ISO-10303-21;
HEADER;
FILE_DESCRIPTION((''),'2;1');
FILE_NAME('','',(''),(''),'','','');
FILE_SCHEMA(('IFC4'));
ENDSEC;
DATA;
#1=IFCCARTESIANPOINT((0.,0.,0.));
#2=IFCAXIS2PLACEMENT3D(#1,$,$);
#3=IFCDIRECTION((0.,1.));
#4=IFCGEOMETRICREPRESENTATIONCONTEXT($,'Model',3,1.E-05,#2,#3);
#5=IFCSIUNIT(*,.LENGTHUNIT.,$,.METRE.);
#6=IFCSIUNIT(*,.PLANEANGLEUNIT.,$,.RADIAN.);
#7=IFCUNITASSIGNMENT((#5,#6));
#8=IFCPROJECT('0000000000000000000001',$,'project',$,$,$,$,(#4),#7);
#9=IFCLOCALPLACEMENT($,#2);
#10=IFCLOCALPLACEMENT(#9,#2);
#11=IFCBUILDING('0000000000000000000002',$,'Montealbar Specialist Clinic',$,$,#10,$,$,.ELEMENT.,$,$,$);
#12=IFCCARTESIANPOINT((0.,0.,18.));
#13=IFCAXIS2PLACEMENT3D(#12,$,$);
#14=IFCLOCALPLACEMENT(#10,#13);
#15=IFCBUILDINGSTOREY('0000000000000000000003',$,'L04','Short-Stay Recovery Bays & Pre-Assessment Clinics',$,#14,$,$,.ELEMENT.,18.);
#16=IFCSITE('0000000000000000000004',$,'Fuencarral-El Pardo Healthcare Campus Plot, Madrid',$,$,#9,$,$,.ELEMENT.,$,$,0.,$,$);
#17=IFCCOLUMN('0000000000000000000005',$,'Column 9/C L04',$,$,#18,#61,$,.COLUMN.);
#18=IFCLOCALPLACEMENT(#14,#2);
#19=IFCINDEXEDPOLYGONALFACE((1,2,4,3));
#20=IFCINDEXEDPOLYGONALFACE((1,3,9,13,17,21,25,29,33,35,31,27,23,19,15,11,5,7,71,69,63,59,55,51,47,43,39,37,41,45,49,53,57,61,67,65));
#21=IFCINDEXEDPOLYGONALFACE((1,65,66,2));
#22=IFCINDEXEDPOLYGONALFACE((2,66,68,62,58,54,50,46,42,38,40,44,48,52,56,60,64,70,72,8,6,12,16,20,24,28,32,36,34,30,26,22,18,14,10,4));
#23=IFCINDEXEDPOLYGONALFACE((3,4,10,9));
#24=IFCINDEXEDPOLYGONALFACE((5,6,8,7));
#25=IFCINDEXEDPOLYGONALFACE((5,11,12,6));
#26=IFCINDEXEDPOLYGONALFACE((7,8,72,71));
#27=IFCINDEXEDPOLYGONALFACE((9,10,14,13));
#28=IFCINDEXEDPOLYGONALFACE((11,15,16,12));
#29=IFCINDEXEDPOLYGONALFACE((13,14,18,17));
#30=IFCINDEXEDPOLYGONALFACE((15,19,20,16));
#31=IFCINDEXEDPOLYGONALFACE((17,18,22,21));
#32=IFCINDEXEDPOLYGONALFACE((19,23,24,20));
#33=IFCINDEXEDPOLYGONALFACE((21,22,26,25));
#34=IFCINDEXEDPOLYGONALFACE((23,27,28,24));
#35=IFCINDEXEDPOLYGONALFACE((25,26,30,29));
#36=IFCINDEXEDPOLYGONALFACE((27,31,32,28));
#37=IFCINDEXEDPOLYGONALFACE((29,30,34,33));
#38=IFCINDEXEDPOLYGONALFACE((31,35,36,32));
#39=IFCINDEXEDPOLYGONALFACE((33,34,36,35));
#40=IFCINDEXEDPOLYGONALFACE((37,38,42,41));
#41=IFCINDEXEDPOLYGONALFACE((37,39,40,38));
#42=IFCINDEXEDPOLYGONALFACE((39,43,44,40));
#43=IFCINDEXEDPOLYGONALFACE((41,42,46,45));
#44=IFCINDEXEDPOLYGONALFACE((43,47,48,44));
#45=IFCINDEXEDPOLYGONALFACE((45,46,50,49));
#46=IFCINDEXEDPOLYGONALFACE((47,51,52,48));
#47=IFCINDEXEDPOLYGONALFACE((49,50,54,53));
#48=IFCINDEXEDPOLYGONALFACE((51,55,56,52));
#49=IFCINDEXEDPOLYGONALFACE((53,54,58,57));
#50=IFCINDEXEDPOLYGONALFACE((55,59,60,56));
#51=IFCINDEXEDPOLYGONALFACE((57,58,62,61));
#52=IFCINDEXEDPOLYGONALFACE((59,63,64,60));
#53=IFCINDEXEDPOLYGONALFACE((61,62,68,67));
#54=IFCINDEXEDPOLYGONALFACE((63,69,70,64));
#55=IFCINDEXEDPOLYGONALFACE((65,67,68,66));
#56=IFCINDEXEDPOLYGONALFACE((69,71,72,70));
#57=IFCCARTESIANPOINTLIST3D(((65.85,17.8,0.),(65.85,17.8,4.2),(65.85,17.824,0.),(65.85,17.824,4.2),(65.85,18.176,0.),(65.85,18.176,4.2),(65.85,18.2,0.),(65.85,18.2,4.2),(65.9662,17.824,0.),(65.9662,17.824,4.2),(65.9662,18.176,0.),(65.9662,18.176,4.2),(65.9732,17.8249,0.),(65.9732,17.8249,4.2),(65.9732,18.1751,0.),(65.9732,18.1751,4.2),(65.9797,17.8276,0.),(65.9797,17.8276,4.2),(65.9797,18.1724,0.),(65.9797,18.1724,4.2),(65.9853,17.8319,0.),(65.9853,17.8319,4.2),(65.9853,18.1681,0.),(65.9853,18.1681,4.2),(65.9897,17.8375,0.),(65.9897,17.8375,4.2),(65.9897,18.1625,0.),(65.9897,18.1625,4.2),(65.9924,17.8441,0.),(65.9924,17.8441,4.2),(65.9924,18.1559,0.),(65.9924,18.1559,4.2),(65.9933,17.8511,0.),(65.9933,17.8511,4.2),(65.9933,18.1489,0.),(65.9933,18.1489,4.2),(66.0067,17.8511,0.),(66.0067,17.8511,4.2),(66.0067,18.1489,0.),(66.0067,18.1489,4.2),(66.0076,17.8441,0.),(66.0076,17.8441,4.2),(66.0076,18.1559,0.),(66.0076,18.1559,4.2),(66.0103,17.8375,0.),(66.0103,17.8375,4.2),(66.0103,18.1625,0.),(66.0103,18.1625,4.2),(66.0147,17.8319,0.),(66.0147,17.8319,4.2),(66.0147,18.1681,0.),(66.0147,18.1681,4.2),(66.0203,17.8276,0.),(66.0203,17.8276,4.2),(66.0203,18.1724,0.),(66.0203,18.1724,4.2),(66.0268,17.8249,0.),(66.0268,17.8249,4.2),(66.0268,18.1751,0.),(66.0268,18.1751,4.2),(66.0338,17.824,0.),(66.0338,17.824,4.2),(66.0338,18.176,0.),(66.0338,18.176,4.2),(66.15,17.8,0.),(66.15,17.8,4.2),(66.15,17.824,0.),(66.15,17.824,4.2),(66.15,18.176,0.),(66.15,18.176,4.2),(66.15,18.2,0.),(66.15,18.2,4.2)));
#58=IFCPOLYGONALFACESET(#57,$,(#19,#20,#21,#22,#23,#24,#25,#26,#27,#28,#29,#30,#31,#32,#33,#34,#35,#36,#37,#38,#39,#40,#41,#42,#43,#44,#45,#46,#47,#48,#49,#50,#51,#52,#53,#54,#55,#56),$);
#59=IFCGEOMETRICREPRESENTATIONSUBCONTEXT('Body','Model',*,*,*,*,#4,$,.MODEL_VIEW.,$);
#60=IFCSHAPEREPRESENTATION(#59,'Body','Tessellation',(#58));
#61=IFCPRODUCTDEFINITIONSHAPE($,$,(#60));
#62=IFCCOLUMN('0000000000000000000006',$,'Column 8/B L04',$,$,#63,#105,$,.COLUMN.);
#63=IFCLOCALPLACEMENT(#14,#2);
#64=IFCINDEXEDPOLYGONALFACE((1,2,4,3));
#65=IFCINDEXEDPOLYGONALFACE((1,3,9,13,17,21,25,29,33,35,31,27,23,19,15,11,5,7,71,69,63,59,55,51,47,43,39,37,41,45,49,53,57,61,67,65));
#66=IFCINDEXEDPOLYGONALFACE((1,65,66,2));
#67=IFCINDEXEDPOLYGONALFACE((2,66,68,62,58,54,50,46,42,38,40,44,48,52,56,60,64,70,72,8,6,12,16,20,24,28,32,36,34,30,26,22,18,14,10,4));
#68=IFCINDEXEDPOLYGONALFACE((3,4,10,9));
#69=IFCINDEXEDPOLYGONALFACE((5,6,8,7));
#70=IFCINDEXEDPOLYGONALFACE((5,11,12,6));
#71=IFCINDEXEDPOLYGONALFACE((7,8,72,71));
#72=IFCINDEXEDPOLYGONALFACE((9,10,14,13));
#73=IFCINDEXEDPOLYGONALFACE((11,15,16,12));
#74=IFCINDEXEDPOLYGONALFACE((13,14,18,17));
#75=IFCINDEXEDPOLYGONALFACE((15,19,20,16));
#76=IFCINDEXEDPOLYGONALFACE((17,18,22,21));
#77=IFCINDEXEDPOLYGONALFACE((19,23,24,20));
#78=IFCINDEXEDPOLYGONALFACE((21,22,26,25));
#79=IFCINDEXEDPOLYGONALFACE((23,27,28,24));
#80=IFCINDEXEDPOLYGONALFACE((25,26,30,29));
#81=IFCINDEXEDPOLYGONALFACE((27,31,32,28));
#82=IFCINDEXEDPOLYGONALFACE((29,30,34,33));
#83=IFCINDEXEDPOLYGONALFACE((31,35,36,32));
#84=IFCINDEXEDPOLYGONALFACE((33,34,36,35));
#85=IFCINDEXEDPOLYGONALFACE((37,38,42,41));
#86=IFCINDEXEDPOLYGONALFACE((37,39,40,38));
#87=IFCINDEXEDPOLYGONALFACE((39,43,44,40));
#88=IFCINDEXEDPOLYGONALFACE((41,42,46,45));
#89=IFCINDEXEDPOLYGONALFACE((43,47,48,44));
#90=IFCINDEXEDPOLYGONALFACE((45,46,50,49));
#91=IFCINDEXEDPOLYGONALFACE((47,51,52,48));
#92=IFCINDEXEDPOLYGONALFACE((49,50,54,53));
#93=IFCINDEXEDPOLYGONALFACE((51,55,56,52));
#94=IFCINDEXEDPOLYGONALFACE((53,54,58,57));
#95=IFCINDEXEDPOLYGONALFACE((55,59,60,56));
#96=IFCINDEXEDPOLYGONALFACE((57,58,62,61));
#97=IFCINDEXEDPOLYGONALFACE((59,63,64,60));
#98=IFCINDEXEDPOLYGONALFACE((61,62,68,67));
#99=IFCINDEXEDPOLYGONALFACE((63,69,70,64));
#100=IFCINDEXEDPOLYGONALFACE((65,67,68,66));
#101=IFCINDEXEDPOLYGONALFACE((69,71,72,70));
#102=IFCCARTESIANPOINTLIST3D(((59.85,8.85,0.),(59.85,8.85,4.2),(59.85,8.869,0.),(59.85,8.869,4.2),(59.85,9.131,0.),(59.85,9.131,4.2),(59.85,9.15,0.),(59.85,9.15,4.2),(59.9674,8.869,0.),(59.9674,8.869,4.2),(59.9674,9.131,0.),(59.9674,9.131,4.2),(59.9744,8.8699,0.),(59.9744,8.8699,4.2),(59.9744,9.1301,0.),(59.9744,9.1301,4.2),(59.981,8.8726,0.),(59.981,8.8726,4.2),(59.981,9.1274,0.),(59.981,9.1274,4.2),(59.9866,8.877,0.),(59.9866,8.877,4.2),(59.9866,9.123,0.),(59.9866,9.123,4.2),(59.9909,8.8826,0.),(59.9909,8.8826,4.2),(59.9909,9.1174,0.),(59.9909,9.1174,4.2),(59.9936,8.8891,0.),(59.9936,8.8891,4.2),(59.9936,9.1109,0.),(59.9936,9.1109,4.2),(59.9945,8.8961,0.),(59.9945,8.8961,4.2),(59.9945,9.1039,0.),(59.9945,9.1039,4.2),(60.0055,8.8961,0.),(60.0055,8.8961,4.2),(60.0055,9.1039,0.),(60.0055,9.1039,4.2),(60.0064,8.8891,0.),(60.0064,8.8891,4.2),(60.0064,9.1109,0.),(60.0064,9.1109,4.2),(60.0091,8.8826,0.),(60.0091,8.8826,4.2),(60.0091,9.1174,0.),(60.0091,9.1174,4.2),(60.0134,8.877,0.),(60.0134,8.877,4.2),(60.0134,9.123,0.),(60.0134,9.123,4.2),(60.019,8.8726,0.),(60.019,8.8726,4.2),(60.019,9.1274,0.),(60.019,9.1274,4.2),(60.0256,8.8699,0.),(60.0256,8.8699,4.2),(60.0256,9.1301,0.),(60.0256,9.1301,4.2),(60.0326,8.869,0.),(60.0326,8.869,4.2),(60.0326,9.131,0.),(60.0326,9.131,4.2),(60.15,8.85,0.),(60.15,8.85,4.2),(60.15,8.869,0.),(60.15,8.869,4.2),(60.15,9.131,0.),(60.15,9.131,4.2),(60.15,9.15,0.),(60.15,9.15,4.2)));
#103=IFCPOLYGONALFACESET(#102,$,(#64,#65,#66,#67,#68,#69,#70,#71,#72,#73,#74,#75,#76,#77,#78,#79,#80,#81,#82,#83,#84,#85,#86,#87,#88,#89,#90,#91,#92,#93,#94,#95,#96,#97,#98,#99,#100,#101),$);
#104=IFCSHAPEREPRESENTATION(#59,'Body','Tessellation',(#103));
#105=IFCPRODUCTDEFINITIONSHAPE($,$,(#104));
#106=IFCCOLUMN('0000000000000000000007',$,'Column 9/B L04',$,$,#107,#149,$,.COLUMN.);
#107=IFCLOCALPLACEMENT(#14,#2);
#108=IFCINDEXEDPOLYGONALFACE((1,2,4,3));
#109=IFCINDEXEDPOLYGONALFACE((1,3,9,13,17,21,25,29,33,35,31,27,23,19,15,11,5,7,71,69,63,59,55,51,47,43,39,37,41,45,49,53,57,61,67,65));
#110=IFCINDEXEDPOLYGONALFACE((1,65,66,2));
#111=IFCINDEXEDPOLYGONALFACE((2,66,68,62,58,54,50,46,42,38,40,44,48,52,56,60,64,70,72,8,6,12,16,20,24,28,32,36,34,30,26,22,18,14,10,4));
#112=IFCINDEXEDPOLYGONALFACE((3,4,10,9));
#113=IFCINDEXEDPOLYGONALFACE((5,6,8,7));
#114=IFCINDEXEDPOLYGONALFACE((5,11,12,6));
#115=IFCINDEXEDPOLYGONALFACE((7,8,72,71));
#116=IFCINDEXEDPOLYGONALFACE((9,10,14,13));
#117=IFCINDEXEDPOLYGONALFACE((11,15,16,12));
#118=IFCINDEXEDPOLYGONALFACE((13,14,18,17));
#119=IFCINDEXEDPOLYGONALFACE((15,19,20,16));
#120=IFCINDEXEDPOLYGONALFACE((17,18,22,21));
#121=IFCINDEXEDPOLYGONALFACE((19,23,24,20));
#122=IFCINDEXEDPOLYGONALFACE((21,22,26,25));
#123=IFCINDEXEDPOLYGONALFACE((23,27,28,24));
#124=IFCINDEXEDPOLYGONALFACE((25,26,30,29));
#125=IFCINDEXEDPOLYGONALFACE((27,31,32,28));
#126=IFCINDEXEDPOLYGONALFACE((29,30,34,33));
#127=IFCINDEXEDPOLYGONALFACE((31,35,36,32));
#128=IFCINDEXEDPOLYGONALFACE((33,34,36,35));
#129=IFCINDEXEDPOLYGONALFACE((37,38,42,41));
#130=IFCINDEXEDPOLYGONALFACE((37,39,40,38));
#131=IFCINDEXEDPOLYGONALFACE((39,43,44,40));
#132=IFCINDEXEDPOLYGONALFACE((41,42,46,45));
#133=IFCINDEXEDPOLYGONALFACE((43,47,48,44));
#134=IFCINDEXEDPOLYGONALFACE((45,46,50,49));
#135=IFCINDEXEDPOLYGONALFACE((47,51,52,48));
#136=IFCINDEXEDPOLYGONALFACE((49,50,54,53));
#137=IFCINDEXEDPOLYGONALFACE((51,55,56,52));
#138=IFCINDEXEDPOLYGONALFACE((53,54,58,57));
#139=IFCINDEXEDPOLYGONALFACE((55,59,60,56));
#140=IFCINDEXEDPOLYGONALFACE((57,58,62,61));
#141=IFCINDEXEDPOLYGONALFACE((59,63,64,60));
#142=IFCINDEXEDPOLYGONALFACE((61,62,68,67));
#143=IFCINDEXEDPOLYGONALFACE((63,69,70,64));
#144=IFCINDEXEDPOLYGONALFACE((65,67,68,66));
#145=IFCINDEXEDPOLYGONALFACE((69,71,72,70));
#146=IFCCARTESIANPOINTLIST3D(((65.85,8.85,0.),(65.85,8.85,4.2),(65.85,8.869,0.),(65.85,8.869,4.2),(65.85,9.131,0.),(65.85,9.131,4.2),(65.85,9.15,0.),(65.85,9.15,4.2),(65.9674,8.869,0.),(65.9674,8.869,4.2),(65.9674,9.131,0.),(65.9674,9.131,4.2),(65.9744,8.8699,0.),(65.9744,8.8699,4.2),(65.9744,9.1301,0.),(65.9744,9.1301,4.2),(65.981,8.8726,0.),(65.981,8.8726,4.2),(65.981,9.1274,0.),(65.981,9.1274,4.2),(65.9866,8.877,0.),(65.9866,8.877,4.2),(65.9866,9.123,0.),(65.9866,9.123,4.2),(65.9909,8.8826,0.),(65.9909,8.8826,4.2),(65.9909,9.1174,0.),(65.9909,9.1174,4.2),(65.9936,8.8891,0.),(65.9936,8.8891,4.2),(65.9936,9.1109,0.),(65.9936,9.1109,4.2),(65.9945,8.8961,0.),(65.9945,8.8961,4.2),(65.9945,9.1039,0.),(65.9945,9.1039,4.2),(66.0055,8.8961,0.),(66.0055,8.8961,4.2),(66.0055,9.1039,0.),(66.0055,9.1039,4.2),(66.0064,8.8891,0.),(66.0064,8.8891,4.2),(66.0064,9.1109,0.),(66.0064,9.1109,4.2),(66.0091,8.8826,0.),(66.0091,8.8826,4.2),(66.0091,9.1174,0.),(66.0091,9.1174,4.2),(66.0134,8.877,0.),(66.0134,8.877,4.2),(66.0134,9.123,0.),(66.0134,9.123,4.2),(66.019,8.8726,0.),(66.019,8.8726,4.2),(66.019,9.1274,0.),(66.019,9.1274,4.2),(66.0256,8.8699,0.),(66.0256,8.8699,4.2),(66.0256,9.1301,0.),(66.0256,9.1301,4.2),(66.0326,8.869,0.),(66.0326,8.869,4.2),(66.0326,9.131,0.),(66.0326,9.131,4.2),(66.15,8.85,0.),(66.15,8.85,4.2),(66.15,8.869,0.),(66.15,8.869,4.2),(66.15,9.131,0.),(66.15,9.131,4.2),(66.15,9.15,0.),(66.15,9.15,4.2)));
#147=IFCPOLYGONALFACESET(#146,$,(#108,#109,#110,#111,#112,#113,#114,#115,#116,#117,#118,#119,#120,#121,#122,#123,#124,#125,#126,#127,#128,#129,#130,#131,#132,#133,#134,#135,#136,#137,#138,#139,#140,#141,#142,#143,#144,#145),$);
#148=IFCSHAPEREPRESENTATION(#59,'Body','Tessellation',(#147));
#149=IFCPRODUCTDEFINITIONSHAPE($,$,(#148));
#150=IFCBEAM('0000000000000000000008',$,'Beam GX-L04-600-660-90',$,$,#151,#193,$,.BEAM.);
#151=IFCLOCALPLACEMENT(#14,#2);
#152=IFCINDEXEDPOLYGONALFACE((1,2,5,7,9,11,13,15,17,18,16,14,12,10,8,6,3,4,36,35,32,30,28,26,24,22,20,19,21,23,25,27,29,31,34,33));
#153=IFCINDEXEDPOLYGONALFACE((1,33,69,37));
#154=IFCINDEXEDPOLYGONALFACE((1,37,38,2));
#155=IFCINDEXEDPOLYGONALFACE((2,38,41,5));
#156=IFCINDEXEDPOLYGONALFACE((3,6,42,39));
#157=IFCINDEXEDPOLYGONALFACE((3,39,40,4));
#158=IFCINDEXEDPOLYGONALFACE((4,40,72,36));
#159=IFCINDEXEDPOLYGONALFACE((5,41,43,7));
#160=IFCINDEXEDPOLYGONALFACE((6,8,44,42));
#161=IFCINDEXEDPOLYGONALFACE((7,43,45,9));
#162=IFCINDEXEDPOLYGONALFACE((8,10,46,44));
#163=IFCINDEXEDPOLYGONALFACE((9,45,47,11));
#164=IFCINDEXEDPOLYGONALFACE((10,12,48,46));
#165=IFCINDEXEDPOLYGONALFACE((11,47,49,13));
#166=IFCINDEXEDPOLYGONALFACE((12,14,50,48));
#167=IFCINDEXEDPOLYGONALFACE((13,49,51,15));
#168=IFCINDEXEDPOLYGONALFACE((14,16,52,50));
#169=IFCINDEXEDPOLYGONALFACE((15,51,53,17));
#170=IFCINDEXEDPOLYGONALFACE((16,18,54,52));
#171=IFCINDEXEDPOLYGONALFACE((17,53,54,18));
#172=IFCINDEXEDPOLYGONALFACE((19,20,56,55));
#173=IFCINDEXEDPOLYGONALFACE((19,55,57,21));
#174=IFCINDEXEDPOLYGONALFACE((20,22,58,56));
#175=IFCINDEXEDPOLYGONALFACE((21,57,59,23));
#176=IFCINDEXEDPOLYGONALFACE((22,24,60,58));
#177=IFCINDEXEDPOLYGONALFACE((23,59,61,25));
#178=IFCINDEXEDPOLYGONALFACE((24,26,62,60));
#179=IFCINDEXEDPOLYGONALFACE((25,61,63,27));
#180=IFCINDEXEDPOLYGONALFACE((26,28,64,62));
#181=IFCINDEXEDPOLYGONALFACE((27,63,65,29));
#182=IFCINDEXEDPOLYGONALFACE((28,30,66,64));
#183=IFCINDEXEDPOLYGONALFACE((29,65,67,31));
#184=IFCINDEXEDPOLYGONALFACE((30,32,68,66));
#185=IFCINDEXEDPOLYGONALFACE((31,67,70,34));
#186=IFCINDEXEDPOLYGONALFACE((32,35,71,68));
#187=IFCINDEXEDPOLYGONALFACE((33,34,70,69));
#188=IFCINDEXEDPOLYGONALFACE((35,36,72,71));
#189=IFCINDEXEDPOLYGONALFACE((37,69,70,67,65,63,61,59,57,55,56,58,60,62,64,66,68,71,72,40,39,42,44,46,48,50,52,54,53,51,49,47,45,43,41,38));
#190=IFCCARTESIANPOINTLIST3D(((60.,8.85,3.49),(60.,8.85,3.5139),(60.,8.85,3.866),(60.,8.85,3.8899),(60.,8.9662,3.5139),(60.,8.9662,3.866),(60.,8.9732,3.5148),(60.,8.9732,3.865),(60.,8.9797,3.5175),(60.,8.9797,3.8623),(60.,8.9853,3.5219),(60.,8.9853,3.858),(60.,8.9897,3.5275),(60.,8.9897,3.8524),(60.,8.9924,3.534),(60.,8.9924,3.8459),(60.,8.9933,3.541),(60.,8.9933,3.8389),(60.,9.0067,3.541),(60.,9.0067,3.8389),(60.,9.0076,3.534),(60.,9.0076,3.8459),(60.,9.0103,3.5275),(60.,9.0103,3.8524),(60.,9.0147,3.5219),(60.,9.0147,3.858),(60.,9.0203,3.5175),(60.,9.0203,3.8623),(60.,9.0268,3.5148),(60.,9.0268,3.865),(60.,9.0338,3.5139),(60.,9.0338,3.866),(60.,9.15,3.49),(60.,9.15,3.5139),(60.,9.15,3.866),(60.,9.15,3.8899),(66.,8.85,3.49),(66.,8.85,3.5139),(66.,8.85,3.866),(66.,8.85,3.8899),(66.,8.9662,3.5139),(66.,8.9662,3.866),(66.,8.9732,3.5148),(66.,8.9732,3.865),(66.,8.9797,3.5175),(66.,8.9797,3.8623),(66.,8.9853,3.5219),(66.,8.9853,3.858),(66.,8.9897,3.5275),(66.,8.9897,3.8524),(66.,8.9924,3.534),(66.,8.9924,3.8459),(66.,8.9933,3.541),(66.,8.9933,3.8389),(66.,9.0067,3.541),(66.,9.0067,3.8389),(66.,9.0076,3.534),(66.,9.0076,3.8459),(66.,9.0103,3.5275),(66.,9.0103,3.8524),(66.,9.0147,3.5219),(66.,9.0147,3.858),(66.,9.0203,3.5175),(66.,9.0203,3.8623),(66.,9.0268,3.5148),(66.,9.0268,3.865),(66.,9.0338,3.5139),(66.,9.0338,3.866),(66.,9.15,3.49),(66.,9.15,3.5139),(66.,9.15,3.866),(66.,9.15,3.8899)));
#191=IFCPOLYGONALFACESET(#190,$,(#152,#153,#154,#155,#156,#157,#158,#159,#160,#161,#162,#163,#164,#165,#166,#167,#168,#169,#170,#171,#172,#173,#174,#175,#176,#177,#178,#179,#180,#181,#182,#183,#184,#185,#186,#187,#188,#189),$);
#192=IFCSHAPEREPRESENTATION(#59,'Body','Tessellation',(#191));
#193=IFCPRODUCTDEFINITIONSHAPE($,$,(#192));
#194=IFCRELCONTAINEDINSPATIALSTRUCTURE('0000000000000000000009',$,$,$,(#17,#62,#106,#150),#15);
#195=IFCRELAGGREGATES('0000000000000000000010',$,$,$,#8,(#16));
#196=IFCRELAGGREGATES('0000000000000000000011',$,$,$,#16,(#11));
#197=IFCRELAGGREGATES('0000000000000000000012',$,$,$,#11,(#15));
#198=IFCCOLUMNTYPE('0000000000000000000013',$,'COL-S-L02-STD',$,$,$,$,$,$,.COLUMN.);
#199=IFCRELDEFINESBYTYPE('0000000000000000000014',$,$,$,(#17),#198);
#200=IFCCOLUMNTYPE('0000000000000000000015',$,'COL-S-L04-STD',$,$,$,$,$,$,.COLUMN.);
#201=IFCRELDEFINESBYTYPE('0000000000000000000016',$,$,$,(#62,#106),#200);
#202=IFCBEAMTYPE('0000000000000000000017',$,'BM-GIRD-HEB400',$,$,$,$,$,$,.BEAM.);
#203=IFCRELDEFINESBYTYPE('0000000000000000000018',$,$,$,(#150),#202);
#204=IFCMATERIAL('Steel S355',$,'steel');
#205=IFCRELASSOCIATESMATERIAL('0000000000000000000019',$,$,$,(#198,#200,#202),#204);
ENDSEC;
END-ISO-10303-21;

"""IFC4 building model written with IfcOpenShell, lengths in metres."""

from ifc_helpers import new_model, si_unit, direction, frame, origin, origin_2d, place, context, subcontext, project, spatial, i_section, extrude, material, material_profile, profile_set, type_object, element, save


model = new_model("IFC4")

# Units and contexts
model_context = context("Model", 3, precision=1e-05, world=origin(), true_north=direction((0.0, 1.0)))
body_context = subcontext(model_context, "Body", "Model", "MODEL_VIEW")
ifc_project = project(units=[si_unit("LENGTHUNIT", "METRE"), si_unit("PLANEANGLEUNIT", "RADIAN")], contexts=[model_context])

# Site, building, storey
site_placement = place(None, origin())
site = spatial("IfcSite", under=ifc_project, at=site_placement, Name="Fuencarral-El Pardo Healthcare Campus Plot, Madrid", CompositionType="ELEMENT", RefElevation=0.0)
building_placement = place(site_placement, origin())
building = spatial("IfcBuilding", under=site, at=building_placement, Name="Montealbar Specialist Clinic", CompositionType="ELEMENT")
storey_placement = place(building_placement, frame((0.0, 0.0, 18.0)))
storey = spatial("IfcBuildingStorey", under=building, at=storey_placement, Name="L04", Description="Short-Stay Recovery Bays & Pre-Assessment Clinics", CompositionType="ELEMENT", Elevation=18.0)

# Columns
ifc_material_1 = material(Name="Steel S355", Category="steel")
ifc_material_profile_1 = material_profile(ifc_material_1, i_section(OverallWidth=0.3, OverallDepth=0.3999, WebThickness=0.0134, FlangeThickness=0.0239, FilletRadius=0.0271, at=origin_2d()), Name="HEB 400", Category="steel")
ifc_profile_set_1 = profile_set([ifc_material_profile_1], Name="Steel S355")
column_type_1 = type_object("IfcColumnType", Name="COL-S-L02-STD", PredefinedType="COLUMN", material=ifc_profile_set_1)
column_placement = place(storey_placement, frame((66.0, 18.0, 0.0), z_axis=(0.0, 0.0, 1.0), x_axis=(1.0, 0.0, 0.0)))
element("IfcColumn", 1, at=column_placement, inside=storey, type_object=column_type_1, Name="Column 9/C L04", PredefinedType="COLUMN", context=body_context, shape_type="SweptSolid", body=[
    extrude(i_section(OverallWidth=0.3, OverallDepth=0.3999, WebThickness=0.0134, FlangeThickness=0.0239, FilletRadius=0.0271, at=origin_2d()), origin(), (0.0, 0.0, 1.0), 4.2),
])
ifc_material_profile_2 = material_profile(ifc_material_1, i_section(OverallWidth=0.3, OverallDepth=0.3, WebThickness=0.011, FlangeThickness=0.019, FilletRadius=0.0271, at=origin_2d()), Name="HEB 300", Category="steel")
ifc_profile_set_2 = profile_set([ifc_material_profile_2], Name="Steel S355")
column_type_2 = type_object("IfcColumnType", Name="COL-S-L04-STD", PredefinedType="COLUMN", material=ifc_profile_set_2)
for number, where, z_axis, x_axis, name in (
    (2, (60.0, 9.0, 0.0), (0.0, 0.0, 1.0), (1.0, 0.0, 0.0), "Column 8/B L04"),
    (3, (66.0, 9.0, 0.0), (0.0, 0.0, 1.0), (1.0, 0.0, 0.0), "Column 9/B L04"),
):
    element("IfcColumn", number, at=place(storey_placement, frame(where, z_axis=z_axis, x_axis=x_axis)), inside=storey, type_object=column_type_2, Name=name, PredefinedType="COLUMN", context=body_context, shape_type="SweptSolid", body=[
        extrude(i_section(OverallWidth=0.3, OverallDepth=0.3, WebThickness=0.011, FlangeThickness=0.019, FilletRadius=0.0271, at=origin_2d()), origin(), (0.0, 0.0, 1.0), 4.2),
    ])

# Beam
ifc_material_profile_3 = material_profile(ifc_material_1, i_section(OverallWidth=0.3, OverallDepth=0.3999, WebThickness=0.0134, FlangeThickness=0.0239, FilletRadius=0.0271, at=origin_2d()), Name="HEB 400", Category="steel")
ifc_profile_set_3 = profile_set([ifc_material_profile_3], Name="Steel S355")
beam_type_1 = type_object("IfcBeamType", Name="BM-GIRD-HEB400", PredefinedType="BEAM", material=ifc_profile_set_3)
beam_1_placement = place(storey_placement, frame((60.0, 9.0, 3.6899), z_axis=(1.0, 0.0, 0.0), x_axis=(0.0, 1.0, 0.0)))
element("IfcBeam", 4, at=beam_1_placement, inside=storey, type_object=beam_type_1, Name="Beam GX-L04-600-660-90", PredefinedType="BEAM", context=body_context, shape_type="SweptSolid", body=[
    extrude(i_section(OverallWidth=0.3, OverallDepth=0.3999, WebThickness=0.0134, FlangeThickness=0.0239, FilletRadius=0.0271, at=origin_2d()), origin(), (0.0, 0.0, 1.0), 6.0),
])

save(model, "model.ifc")
